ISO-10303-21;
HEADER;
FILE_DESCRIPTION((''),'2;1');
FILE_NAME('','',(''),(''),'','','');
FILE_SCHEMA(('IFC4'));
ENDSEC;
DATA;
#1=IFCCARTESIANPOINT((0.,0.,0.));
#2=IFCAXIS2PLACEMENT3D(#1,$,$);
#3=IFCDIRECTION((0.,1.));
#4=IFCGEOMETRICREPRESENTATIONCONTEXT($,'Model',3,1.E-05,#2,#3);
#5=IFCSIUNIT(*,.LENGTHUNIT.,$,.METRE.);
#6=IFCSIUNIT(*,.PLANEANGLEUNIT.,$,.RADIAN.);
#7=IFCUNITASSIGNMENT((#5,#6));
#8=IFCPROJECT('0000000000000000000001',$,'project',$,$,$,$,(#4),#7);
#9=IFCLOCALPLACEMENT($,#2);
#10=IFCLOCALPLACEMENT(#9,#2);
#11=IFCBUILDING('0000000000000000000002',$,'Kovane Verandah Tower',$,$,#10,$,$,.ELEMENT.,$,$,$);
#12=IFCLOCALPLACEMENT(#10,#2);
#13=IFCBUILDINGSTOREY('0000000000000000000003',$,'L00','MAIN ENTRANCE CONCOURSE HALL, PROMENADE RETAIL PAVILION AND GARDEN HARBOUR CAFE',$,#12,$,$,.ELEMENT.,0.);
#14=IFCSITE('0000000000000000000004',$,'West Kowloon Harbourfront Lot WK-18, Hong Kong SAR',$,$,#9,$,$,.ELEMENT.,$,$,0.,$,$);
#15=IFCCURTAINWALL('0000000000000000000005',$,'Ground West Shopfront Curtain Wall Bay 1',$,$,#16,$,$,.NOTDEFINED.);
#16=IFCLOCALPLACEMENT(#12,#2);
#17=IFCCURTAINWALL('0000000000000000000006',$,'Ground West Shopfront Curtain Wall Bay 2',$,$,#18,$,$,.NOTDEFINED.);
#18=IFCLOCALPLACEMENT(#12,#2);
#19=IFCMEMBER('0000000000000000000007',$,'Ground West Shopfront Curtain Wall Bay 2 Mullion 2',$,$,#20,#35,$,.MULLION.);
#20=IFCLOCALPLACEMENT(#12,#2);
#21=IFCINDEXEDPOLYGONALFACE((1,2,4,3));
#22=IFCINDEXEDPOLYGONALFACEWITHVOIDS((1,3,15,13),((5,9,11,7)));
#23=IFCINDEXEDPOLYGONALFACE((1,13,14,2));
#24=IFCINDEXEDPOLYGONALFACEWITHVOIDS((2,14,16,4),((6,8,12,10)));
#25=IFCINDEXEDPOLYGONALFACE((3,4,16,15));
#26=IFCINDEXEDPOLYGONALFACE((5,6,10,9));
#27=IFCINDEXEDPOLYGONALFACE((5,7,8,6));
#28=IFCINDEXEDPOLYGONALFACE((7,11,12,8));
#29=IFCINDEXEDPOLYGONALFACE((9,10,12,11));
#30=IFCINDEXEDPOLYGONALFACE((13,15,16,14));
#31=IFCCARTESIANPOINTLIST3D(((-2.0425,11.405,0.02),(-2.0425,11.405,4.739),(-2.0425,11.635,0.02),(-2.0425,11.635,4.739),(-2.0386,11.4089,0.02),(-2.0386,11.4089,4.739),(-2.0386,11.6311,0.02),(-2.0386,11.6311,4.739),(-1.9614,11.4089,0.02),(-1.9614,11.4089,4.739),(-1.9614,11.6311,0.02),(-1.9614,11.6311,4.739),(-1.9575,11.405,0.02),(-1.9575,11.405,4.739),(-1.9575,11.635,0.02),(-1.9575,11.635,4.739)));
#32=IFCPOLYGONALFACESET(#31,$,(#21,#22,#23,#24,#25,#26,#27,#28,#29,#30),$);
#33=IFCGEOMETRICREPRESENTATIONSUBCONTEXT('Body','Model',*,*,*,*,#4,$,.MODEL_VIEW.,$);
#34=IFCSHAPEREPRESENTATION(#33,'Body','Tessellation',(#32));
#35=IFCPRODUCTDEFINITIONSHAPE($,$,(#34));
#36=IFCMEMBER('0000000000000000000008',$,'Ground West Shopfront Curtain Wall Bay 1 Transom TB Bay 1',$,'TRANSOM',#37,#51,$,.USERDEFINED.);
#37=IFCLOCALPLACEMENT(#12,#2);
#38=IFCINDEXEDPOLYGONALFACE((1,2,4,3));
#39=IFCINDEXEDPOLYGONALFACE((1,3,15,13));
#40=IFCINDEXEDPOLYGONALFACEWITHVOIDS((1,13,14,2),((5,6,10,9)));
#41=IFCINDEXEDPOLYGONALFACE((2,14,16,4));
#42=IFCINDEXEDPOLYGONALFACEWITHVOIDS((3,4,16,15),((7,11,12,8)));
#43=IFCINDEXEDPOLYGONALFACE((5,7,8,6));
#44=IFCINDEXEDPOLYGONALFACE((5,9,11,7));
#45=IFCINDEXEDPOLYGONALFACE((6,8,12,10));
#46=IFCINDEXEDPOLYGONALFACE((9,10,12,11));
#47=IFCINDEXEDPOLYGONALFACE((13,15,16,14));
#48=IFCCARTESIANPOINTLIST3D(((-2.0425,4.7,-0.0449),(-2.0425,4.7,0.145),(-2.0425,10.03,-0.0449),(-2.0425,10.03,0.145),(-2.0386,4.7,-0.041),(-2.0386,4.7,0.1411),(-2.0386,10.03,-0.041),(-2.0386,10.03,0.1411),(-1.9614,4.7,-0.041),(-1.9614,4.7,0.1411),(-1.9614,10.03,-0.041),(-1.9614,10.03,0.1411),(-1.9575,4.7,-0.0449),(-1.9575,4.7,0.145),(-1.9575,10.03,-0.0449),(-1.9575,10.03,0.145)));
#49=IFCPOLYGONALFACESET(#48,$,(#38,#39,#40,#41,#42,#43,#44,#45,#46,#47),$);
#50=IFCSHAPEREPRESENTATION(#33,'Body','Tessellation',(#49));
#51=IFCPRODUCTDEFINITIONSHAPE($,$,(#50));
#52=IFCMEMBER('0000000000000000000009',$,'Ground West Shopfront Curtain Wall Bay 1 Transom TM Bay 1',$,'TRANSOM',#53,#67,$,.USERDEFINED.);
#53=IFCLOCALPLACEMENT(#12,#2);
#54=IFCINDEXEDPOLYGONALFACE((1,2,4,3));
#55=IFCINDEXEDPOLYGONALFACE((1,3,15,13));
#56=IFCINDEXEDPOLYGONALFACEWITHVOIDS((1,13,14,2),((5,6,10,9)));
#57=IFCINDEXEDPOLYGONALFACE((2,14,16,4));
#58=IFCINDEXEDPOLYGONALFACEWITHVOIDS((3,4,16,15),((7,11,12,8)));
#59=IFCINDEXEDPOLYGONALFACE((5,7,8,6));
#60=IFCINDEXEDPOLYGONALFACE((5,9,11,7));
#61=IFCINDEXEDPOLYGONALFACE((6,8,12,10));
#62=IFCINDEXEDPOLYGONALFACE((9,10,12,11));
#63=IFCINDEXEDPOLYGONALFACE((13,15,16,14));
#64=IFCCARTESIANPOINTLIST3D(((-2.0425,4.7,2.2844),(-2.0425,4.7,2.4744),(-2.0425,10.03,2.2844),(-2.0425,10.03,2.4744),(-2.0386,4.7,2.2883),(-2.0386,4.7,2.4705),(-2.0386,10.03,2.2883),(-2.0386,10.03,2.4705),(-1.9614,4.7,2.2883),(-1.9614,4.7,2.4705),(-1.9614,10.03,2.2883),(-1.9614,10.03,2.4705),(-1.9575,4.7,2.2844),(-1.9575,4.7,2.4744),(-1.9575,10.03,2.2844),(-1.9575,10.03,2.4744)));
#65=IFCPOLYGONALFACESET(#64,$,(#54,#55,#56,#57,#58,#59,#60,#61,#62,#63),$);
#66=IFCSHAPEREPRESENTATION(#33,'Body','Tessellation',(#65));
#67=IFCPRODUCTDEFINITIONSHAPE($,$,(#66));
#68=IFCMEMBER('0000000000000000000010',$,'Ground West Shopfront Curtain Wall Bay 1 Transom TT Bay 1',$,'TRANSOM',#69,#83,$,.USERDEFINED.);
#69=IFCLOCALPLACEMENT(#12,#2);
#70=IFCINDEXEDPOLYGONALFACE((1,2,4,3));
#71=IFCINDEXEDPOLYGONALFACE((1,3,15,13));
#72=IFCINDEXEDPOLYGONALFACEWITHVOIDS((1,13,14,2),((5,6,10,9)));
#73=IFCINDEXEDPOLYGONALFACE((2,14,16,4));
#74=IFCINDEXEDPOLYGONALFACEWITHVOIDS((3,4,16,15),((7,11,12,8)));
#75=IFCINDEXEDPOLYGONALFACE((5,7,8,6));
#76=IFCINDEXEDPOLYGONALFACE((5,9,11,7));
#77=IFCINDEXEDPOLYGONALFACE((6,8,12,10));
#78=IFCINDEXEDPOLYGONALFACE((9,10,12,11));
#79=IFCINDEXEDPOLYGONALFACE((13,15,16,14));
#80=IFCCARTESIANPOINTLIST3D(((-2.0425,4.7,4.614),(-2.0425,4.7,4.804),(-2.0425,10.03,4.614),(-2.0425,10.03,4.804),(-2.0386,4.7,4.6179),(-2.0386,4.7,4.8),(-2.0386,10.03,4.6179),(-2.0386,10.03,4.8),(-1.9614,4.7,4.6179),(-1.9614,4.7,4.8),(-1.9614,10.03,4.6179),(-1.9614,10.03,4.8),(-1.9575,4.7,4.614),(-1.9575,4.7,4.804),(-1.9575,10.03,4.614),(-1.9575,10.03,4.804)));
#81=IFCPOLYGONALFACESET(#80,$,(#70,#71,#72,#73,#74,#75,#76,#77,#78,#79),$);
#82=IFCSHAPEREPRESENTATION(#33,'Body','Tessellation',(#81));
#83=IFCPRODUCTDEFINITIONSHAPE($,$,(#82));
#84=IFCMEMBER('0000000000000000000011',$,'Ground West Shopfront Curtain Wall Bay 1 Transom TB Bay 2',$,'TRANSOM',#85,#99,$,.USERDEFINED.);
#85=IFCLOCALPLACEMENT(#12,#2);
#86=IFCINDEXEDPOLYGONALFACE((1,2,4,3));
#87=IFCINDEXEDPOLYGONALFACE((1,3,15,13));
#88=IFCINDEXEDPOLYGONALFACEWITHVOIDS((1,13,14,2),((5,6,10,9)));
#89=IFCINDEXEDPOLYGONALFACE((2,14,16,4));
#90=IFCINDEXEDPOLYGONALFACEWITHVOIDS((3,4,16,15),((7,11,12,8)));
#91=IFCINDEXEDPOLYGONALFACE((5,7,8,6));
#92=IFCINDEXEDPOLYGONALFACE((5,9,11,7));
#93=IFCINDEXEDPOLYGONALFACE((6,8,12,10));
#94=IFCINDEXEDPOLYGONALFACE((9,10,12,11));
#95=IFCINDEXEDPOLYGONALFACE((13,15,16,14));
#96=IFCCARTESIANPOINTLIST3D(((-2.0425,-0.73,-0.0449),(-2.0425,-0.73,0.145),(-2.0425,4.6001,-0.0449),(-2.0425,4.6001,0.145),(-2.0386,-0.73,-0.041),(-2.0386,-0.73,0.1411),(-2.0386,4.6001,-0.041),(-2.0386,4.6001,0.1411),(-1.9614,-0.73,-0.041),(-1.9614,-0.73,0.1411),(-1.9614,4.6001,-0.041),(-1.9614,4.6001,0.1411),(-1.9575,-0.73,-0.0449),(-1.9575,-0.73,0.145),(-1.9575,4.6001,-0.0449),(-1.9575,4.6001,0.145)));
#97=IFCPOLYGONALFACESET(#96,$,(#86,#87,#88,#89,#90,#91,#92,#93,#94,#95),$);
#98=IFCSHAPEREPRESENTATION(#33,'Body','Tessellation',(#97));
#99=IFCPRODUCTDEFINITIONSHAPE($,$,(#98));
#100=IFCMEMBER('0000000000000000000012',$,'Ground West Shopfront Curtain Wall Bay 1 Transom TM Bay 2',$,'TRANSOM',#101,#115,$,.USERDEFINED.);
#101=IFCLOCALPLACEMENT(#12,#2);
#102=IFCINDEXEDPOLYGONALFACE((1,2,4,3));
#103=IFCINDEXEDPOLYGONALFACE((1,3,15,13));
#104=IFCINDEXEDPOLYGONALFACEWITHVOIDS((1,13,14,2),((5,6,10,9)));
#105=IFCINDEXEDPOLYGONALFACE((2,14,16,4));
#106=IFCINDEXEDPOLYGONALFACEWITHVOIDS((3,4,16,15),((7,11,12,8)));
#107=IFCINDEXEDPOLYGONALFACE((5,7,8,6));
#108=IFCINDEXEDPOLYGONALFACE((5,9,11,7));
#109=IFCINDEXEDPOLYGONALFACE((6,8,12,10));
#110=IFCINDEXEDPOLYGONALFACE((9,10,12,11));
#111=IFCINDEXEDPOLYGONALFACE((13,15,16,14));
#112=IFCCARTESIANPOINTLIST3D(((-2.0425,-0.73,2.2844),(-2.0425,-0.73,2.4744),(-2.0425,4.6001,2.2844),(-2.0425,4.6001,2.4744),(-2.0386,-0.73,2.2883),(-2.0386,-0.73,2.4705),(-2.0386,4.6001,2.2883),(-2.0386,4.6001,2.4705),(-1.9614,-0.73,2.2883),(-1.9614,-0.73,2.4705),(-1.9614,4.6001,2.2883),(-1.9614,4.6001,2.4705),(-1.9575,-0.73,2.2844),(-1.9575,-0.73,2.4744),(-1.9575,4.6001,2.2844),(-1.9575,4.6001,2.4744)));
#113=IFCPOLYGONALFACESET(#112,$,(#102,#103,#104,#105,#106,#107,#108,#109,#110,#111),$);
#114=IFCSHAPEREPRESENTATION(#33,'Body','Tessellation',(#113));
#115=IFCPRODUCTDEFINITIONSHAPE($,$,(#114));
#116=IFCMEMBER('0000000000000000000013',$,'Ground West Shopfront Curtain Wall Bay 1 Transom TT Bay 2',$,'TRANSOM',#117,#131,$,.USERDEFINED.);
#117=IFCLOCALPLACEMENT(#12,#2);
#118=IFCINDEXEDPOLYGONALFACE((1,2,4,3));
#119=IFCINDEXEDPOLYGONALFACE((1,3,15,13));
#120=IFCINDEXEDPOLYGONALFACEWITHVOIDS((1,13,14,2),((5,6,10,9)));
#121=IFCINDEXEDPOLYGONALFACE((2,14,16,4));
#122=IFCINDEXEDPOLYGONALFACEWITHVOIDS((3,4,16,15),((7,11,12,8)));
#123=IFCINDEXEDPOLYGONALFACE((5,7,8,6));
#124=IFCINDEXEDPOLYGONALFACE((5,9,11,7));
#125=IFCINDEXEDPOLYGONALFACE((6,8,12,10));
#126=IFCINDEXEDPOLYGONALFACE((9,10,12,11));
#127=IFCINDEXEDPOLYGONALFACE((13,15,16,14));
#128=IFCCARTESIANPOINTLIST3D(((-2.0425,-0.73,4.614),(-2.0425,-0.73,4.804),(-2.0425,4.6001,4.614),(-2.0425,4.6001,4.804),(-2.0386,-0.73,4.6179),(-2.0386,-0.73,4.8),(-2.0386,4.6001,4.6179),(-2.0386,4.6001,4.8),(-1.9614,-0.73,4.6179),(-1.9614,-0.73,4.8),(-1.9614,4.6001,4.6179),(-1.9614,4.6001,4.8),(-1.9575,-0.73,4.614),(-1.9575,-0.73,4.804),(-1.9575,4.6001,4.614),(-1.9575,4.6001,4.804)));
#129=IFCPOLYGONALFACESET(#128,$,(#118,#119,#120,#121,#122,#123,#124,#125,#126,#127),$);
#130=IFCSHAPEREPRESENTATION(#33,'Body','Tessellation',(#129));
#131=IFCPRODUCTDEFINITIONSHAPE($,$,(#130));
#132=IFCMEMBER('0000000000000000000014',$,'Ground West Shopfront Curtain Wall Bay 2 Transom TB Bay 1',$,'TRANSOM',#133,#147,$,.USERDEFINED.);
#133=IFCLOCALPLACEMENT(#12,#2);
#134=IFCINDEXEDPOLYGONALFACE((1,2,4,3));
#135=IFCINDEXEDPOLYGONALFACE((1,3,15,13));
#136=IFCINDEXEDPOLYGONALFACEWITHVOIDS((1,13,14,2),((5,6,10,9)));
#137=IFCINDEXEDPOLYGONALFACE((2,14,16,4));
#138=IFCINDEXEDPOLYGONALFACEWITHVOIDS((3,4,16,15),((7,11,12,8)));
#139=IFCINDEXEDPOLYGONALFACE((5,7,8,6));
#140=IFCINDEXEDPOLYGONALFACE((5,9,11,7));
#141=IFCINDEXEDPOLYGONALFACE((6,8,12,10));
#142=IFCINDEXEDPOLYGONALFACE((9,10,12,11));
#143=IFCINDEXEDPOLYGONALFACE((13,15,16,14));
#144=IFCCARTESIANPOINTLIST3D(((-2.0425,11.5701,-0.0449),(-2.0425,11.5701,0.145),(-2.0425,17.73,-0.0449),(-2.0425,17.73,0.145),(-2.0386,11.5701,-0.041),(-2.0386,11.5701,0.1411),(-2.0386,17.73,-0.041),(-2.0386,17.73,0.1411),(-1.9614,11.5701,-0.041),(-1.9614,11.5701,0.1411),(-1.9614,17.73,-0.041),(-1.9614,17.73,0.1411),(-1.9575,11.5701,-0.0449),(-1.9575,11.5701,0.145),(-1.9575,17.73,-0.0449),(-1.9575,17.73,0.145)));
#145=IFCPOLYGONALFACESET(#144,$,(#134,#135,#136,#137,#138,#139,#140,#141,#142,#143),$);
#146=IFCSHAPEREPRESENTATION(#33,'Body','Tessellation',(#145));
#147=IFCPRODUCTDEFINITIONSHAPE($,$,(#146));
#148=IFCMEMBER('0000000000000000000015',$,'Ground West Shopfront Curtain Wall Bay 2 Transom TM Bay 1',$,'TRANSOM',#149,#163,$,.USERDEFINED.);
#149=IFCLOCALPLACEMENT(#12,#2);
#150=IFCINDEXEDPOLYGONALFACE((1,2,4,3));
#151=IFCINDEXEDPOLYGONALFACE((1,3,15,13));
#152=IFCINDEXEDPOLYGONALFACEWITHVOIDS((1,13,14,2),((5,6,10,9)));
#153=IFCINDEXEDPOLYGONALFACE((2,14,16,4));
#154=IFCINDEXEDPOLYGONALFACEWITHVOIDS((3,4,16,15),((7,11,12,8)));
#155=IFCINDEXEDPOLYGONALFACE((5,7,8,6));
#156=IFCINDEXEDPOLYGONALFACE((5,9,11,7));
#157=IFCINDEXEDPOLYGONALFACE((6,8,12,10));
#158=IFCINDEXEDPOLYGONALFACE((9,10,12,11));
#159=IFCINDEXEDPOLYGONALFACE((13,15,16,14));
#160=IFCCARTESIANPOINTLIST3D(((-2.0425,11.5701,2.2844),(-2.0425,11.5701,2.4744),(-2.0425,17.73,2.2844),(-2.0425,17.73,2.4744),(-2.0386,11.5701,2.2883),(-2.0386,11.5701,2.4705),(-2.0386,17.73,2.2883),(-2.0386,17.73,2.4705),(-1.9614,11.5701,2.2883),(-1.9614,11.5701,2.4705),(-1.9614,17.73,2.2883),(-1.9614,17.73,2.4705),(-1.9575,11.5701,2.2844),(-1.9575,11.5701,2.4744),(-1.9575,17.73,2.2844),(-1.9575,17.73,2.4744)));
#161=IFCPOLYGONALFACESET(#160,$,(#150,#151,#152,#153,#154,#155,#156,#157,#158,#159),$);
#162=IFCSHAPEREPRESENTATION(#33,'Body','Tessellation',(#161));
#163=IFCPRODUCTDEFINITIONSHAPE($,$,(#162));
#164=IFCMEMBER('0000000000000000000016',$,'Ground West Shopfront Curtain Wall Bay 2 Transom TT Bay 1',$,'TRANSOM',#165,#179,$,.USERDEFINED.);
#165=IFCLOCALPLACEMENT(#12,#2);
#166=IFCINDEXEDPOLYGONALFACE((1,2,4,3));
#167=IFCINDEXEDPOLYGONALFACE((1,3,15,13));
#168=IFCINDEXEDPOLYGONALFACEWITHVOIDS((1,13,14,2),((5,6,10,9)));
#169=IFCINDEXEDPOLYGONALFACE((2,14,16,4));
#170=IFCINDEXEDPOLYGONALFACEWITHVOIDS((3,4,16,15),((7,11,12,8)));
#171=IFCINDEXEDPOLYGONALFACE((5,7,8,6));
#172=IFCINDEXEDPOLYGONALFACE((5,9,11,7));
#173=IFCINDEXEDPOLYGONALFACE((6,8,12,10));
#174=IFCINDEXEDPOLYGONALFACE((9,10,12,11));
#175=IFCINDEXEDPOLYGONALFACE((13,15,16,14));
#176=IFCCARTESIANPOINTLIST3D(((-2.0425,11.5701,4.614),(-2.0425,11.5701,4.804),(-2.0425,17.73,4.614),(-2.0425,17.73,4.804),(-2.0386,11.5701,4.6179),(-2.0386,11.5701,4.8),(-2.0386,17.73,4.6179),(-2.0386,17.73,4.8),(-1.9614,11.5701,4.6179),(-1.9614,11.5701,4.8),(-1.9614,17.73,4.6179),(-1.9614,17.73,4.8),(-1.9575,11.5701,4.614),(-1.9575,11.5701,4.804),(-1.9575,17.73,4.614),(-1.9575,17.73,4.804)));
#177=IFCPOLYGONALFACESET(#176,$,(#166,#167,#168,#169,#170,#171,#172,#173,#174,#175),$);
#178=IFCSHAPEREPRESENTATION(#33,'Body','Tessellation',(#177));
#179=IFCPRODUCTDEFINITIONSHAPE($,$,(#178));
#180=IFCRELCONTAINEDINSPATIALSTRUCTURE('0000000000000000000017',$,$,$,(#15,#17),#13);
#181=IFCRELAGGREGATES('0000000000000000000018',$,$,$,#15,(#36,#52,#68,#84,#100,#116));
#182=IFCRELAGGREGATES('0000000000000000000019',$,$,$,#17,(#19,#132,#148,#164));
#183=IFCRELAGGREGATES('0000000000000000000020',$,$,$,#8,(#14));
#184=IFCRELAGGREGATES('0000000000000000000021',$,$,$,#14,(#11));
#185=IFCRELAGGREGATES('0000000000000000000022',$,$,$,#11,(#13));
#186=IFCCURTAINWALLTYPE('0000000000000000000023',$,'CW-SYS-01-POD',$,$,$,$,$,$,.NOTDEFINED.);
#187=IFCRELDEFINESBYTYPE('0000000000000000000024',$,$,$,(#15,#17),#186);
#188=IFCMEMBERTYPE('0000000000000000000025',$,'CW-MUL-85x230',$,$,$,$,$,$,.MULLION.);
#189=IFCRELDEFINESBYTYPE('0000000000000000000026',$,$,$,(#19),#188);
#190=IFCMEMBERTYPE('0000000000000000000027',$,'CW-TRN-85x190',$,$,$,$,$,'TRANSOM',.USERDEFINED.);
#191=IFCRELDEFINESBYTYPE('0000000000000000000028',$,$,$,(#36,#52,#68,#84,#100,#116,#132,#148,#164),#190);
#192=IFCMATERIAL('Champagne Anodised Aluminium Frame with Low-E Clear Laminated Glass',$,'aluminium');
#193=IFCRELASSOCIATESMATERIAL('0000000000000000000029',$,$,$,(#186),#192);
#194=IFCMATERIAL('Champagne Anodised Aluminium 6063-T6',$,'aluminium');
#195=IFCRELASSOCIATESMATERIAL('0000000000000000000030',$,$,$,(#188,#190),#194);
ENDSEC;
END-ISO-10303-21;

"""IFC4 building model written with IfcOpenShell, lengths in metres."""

from ifc_helpers import new_model, si_unit, direction, frame, origin, origin_2d, place, context, subcontext, project, spatial, hollow_rectangle, extrude, material, material_profile, profile_set, type_object, element, aggregate, save


model = new_model("IFC4")

# Units and contexts
model_context = context("Model", 3, precision=1e-05, world=origin(), true_north=direction((0.0, 1.0)))
body_context = subcontext(model_context, "Body", "Model", "MODEL_VIEW")
ifc_project = project(units=[si_unit("LENGTHUNIT", "METRE"), si_unit("PLANEANGLEUNIT", "RADIAN")], contexts=[model_context])

# Site, building, storey
site_placement = place(None, origin())
site = spatial("IfcSite", under=ifc_project, at=site_placement, Name="West Kowloon Harbourfront Lot WK-18, Hong Kong SAR", CompositionType="ELEMENT", RefElevation=0.0)
building_placement = place(site_placement, origin())
building = spatial("IfcBuilding", under=site, at=building_placement, Name="Kovane Verandah Tower", CompositionType="ELEMENT")
storey_placement = place(building_placement, origin())
storey = spatial("IfcBuildingStorey", under=building, at=storey_placement, Name="L00", Description="MAIN ENTRANCE CONCOURSE HALL, PROMENADE RETAIL PAVILION AND GARDEN HARBOUR CAFE", CompositionType="ELEMENT", Elevation=0.0)

# Curtain walls, member
ifc_material_1 = material(Name="Champagne Anodised Aluminium Frame with Low-E Clear Laminated Glass", Category="aluminium")
curtain_wall_type = type_object("IfcCurtainWallType", Name="CW-SYS-01-POD", PredefinedType="NOTDEFINED", material=ifc_material_1)
curtain_wall_1_placement = place(storey_placement, origin())
curtain_wall_1 = element("IfcCurtainWall", 1, at=curtain_wall_1_placement, inside=storey, type_object=curtain_wall_type, Name="Ground West Shopfront Curtain Wall Bay 1", PredefinedType="NOTDEFINED")
ifc_material_2 = material(Name="Champagne Anodised Aluminium 6063-T6", Category="aluminium")
ifc_material_profile_1 = material_profile(ifc_material_2, hollow_rectangle(XDim=0.085, YDim=0.23, WallThickness=0.0039, at=origin_2d()), Name="AL85x230x4")
ifc_profile_set_1 = profile_set([ifc_material_profile_1], Name="Champagne Anodised Aluminium 6063-T6")
member_type_1 = type_object("IfcMemberType", Name="CW-MUL-85x230", PredefinedType="MULLION", material=ifc_profile_set_1)
curtain_wall_2_placement = place(storey_placement, origin())
curtain_wall_2 = element("IfcCurtainWall", 2, at=curtain_wall_2_placement, inside=storey, type_object=curtain_wall_type, Name="Ground West Shopfront Curtain Wall Bay 2", PredefinedType="NOTDEFINED")
member_1_placement = place(storey_placement, frame((-2.0, 11.52, 0.02), z_axis=(0.0, 0.0, 1.0), x_axis=(-1.0, 0.0, 0.0)))
member_1 = element("IfcMember", 3, at=member_1_placement, type_object=member_type_1, Name="Ground West Shopfront Curtain Wall Bay 2 Mullion 2", PredefinedType="MULLION", context=body_context, shape_type="SweptSolid", body=[
    extrude(hollow_rectangle(XDim=0.085, YDim=0.23, WallThickness=0.0039, at=origin_2d()), origin(), (0.0, 0.0, 1.0), 4.719),
])

# Members
ifc_material_profile_2 = material_profile(ifc_material_2, hollow_rectangle(XDim=0.085, YDim=0.1899, WallThickness=0.0039, at=origin_2d()), Name="AL85x190x4")
ifc_profile_set_2 = profile_set([ifc_material_profile_2], Name="Champagne Anodised Aluminium 6063-T6")
member_type_2 = type_object("IfcMemberType", Name="CW-TRN-85x190", ElementType="TRANSOM", PredefinedType="USERDEFINED", material=ifc_profile_set_2)
member_2_placement = place(storey_placement, frame((-2.0, 10.03, 0.05), z_axis=(0.0, -1.0, 0.0), x_axis=(1.0, 0.0, 0.0)))
member_2 = element("IfcMember", 4, at=member_2_placement, type_object=member_type_2, Name="Ground West Shopfront Curtain Wall Bay 1 Transom TB Bay 1", ObjectType="TRANSOM", PredefinedType="USERDEFINED", context=body_context, shape_type="SweptSolid", body=[
    extrude(hollow_rectangle(XDim=0.085, YDim=0.1899, WallThickness=0.0039, at=origin_2d()), origin(), (0.0, 0.0, 1.0), 5.3301),
])
member_3_placement = place(storey_placement, frame((-2.0, 10.03, 2.3794), z_axis=(0.0, -1.0, 0.0), x_axis=(1.0, 0.0, 0.0)))
member_3 = element("IfcMember", 5, at=member_3_placement, type_object=member_type_2, Name="Ground West Shopfront Curtain Wall Bay 1 Transom TM Bay 1", ObjectType="TRANSOM", PredefinedType="USERDEFINED", context=body_context, shape_type="SweptSolid", body=[
    extrude(hollow_rectangle(XDim=0.085, YDim=0.1899, WallThickness=0.0039, at=origin_2d()), origin(), (0.0, 0.0, 1.0), 5.3301),
])
member_4_placement = place(storey_placement, frame((-2.0, 10.03, 4.709), z_axis=(0.0, -1.0, 0.0), x_axis=(1.0, 0.0, 0.0)))
member_4 = element("IfcMember", 6, at=member_4_placement, type_object=member_type_2, Name="Ground West Shopfront Curtain Wall Bay 1 Transom TT Bay 1", ObjectType="TRANSOM", PredefinedType="USERDEFINED", context=body_context, shape_type="SweptSolid", body=[
    extrude(hollow_rectangle(XDim=0.085, YDim=0.1899, WallThickness=0.0039, at=origin_2d()), origin(), (0.0, 0.0, 1.0), 5.3301),
])
member_5_placement = place(storey_placement, frame((-2.0, 4.6001, 0.05), z_axis=(0.0, -1.0, 0.0), x_axis=(1.0, 0.0, 0.0)))
member_5 = element("IfcMember", 7, at=member_5_placement, type_object=member_type_2, Name="Ground West Shopfront Curtain Wall Bay 1 Transom TB Bay 2", ObjectType="TRANSOM", PredefinedType="USERDEFINED", context=body_context, shape_type="SweptSolid", body=[
    extrude(hollow_rectangle(XDim=0.085, YDim=0.1899, WallThickness=0.0039, at=origin_2d()), origin(), (0.0, 0.0, 1.0), 5.3301),
])
member_6_placement = place(storey_placement, frame((-2.0, 4.6001, 2.3794), z_axis=(0.0, -1.0, 0.0), x_axis=(1.0, 0.0, 0.0)))
member_6 = element("IfcMember", 8, at=member_6_placement, type_object=member_type_2, Name="Ground West Shopfront Curtain Wall Bay 1 Transom TM Bay 2", ObjectType="TRANSOM", PredefinedType="USERDEFINED", context=body_context, shape_type="SweptSolid", body=[
    extrude(hollow_rectangle(XDim=0.085, YDim=0.1899, WallThickness=0.0039, at=origin_2d()), origin(), (0.0, 0.0, 1.0), 5.3301),
])
member_7_placement = place(storey_placement, frame((-2.0, 4.6001, 4.709), z_axis=(0.0, -1.0, 0.0), x_axis=(1.0, 0.0, 0.0)))
member_7 = element("IfcMember", 9, at=member_7_placement, type_object=member_type_2, Name="Ground West Shopfront Curtain Wall Bay 1 Transom TT Bay 2", ObjectType="TRANSOM", PredefinedType="USERDEFINED", context=body_context, shape_type="SweptSolid", body=[
    extrude(hollow_rectangle(XDim=0.085, YDim=0.1899, WallThickness=0.0039, at=origin_2d()), origin(), (0.0, 0.0, 1.0), 5.3301),
])
member_8_placement = place(storey_placement, frame((-2.0, 17.73, 0.05), z_axis=(0.0, -1.0, 0.0), x_axis=(1.0, 0.0, 0.0)))
member_8 = element("IfcMember", 10, at=member_8_placement, type_object=member_type_2, Name="Ground West Shopfront Curtain Wall Bay 2 Transom TB Bay 1", ObjectType="TRANSOM", PredefinedType="USERDEFINED", context=body_context, shape_type="SweptSolid", body=[
    extrude(hollow_rectangle(XDim=0.085, YDim=0.1899, WallThickness=0.0039, at=origin_2d()), origin(), (0.0, 0.0, 1.0), 6.1599),
])
member_9_placement = place(storey_placement, frame((-2.0, 17.73, 2.3794), z_axis=(0.0, -1.0, 0.0), x_axis=(1.0, 0.0, 0.0)))
member_9 = element("IfcMember", 11, at=member_9_placement, type_object=member_type_2, Name="Ground West Shopfront Curtain Wall Bay 2 Transom TM Bay 1", ObjectType="TRANSOM", PredefinedType="USERDEFINED", context=body_context, shape_type="SweptSolid", body=[
    extrude(hollow_rectangle(XDim=0.085, YDim=0.1899, WallThickness=0.0039, at=origin_2d()), origin(), (0.0, 0.0, 1.0), 6.1599),
])
member_10_placement = place(storey_placement, frame((-2.0, 17.73, 4.709), z_axis=(0.0, -1.0, 0.0), x_axis=(1.0, 0.0, 0.0)))
member_10 = element("IfcMember", 12, at=member_10_placement, type_object=member_type_2, Name="Ground West Shopfront Curtain Wall Bay 2 Transom TT Bay 1", ObjectType="TRANSOM", PredefinedType="USERDEFINED", context=body_context, shape_type="SweptSolid", body=[
    extrude(hollow_rectangle(XDim=0.085, YDim=0.1899, WallThickness=0.0039, at=origin_2d()), origin(), (0.0, 0.0, 1.0), 6.1599),
])

aggregate(curtain_wall_1, [member_2, member_3, member_4, member_5, member_6, member_7])
aggregate(curtain_wall_2, [member_1, member_8, member_9, member_10])

save(model, "model.ifc")
